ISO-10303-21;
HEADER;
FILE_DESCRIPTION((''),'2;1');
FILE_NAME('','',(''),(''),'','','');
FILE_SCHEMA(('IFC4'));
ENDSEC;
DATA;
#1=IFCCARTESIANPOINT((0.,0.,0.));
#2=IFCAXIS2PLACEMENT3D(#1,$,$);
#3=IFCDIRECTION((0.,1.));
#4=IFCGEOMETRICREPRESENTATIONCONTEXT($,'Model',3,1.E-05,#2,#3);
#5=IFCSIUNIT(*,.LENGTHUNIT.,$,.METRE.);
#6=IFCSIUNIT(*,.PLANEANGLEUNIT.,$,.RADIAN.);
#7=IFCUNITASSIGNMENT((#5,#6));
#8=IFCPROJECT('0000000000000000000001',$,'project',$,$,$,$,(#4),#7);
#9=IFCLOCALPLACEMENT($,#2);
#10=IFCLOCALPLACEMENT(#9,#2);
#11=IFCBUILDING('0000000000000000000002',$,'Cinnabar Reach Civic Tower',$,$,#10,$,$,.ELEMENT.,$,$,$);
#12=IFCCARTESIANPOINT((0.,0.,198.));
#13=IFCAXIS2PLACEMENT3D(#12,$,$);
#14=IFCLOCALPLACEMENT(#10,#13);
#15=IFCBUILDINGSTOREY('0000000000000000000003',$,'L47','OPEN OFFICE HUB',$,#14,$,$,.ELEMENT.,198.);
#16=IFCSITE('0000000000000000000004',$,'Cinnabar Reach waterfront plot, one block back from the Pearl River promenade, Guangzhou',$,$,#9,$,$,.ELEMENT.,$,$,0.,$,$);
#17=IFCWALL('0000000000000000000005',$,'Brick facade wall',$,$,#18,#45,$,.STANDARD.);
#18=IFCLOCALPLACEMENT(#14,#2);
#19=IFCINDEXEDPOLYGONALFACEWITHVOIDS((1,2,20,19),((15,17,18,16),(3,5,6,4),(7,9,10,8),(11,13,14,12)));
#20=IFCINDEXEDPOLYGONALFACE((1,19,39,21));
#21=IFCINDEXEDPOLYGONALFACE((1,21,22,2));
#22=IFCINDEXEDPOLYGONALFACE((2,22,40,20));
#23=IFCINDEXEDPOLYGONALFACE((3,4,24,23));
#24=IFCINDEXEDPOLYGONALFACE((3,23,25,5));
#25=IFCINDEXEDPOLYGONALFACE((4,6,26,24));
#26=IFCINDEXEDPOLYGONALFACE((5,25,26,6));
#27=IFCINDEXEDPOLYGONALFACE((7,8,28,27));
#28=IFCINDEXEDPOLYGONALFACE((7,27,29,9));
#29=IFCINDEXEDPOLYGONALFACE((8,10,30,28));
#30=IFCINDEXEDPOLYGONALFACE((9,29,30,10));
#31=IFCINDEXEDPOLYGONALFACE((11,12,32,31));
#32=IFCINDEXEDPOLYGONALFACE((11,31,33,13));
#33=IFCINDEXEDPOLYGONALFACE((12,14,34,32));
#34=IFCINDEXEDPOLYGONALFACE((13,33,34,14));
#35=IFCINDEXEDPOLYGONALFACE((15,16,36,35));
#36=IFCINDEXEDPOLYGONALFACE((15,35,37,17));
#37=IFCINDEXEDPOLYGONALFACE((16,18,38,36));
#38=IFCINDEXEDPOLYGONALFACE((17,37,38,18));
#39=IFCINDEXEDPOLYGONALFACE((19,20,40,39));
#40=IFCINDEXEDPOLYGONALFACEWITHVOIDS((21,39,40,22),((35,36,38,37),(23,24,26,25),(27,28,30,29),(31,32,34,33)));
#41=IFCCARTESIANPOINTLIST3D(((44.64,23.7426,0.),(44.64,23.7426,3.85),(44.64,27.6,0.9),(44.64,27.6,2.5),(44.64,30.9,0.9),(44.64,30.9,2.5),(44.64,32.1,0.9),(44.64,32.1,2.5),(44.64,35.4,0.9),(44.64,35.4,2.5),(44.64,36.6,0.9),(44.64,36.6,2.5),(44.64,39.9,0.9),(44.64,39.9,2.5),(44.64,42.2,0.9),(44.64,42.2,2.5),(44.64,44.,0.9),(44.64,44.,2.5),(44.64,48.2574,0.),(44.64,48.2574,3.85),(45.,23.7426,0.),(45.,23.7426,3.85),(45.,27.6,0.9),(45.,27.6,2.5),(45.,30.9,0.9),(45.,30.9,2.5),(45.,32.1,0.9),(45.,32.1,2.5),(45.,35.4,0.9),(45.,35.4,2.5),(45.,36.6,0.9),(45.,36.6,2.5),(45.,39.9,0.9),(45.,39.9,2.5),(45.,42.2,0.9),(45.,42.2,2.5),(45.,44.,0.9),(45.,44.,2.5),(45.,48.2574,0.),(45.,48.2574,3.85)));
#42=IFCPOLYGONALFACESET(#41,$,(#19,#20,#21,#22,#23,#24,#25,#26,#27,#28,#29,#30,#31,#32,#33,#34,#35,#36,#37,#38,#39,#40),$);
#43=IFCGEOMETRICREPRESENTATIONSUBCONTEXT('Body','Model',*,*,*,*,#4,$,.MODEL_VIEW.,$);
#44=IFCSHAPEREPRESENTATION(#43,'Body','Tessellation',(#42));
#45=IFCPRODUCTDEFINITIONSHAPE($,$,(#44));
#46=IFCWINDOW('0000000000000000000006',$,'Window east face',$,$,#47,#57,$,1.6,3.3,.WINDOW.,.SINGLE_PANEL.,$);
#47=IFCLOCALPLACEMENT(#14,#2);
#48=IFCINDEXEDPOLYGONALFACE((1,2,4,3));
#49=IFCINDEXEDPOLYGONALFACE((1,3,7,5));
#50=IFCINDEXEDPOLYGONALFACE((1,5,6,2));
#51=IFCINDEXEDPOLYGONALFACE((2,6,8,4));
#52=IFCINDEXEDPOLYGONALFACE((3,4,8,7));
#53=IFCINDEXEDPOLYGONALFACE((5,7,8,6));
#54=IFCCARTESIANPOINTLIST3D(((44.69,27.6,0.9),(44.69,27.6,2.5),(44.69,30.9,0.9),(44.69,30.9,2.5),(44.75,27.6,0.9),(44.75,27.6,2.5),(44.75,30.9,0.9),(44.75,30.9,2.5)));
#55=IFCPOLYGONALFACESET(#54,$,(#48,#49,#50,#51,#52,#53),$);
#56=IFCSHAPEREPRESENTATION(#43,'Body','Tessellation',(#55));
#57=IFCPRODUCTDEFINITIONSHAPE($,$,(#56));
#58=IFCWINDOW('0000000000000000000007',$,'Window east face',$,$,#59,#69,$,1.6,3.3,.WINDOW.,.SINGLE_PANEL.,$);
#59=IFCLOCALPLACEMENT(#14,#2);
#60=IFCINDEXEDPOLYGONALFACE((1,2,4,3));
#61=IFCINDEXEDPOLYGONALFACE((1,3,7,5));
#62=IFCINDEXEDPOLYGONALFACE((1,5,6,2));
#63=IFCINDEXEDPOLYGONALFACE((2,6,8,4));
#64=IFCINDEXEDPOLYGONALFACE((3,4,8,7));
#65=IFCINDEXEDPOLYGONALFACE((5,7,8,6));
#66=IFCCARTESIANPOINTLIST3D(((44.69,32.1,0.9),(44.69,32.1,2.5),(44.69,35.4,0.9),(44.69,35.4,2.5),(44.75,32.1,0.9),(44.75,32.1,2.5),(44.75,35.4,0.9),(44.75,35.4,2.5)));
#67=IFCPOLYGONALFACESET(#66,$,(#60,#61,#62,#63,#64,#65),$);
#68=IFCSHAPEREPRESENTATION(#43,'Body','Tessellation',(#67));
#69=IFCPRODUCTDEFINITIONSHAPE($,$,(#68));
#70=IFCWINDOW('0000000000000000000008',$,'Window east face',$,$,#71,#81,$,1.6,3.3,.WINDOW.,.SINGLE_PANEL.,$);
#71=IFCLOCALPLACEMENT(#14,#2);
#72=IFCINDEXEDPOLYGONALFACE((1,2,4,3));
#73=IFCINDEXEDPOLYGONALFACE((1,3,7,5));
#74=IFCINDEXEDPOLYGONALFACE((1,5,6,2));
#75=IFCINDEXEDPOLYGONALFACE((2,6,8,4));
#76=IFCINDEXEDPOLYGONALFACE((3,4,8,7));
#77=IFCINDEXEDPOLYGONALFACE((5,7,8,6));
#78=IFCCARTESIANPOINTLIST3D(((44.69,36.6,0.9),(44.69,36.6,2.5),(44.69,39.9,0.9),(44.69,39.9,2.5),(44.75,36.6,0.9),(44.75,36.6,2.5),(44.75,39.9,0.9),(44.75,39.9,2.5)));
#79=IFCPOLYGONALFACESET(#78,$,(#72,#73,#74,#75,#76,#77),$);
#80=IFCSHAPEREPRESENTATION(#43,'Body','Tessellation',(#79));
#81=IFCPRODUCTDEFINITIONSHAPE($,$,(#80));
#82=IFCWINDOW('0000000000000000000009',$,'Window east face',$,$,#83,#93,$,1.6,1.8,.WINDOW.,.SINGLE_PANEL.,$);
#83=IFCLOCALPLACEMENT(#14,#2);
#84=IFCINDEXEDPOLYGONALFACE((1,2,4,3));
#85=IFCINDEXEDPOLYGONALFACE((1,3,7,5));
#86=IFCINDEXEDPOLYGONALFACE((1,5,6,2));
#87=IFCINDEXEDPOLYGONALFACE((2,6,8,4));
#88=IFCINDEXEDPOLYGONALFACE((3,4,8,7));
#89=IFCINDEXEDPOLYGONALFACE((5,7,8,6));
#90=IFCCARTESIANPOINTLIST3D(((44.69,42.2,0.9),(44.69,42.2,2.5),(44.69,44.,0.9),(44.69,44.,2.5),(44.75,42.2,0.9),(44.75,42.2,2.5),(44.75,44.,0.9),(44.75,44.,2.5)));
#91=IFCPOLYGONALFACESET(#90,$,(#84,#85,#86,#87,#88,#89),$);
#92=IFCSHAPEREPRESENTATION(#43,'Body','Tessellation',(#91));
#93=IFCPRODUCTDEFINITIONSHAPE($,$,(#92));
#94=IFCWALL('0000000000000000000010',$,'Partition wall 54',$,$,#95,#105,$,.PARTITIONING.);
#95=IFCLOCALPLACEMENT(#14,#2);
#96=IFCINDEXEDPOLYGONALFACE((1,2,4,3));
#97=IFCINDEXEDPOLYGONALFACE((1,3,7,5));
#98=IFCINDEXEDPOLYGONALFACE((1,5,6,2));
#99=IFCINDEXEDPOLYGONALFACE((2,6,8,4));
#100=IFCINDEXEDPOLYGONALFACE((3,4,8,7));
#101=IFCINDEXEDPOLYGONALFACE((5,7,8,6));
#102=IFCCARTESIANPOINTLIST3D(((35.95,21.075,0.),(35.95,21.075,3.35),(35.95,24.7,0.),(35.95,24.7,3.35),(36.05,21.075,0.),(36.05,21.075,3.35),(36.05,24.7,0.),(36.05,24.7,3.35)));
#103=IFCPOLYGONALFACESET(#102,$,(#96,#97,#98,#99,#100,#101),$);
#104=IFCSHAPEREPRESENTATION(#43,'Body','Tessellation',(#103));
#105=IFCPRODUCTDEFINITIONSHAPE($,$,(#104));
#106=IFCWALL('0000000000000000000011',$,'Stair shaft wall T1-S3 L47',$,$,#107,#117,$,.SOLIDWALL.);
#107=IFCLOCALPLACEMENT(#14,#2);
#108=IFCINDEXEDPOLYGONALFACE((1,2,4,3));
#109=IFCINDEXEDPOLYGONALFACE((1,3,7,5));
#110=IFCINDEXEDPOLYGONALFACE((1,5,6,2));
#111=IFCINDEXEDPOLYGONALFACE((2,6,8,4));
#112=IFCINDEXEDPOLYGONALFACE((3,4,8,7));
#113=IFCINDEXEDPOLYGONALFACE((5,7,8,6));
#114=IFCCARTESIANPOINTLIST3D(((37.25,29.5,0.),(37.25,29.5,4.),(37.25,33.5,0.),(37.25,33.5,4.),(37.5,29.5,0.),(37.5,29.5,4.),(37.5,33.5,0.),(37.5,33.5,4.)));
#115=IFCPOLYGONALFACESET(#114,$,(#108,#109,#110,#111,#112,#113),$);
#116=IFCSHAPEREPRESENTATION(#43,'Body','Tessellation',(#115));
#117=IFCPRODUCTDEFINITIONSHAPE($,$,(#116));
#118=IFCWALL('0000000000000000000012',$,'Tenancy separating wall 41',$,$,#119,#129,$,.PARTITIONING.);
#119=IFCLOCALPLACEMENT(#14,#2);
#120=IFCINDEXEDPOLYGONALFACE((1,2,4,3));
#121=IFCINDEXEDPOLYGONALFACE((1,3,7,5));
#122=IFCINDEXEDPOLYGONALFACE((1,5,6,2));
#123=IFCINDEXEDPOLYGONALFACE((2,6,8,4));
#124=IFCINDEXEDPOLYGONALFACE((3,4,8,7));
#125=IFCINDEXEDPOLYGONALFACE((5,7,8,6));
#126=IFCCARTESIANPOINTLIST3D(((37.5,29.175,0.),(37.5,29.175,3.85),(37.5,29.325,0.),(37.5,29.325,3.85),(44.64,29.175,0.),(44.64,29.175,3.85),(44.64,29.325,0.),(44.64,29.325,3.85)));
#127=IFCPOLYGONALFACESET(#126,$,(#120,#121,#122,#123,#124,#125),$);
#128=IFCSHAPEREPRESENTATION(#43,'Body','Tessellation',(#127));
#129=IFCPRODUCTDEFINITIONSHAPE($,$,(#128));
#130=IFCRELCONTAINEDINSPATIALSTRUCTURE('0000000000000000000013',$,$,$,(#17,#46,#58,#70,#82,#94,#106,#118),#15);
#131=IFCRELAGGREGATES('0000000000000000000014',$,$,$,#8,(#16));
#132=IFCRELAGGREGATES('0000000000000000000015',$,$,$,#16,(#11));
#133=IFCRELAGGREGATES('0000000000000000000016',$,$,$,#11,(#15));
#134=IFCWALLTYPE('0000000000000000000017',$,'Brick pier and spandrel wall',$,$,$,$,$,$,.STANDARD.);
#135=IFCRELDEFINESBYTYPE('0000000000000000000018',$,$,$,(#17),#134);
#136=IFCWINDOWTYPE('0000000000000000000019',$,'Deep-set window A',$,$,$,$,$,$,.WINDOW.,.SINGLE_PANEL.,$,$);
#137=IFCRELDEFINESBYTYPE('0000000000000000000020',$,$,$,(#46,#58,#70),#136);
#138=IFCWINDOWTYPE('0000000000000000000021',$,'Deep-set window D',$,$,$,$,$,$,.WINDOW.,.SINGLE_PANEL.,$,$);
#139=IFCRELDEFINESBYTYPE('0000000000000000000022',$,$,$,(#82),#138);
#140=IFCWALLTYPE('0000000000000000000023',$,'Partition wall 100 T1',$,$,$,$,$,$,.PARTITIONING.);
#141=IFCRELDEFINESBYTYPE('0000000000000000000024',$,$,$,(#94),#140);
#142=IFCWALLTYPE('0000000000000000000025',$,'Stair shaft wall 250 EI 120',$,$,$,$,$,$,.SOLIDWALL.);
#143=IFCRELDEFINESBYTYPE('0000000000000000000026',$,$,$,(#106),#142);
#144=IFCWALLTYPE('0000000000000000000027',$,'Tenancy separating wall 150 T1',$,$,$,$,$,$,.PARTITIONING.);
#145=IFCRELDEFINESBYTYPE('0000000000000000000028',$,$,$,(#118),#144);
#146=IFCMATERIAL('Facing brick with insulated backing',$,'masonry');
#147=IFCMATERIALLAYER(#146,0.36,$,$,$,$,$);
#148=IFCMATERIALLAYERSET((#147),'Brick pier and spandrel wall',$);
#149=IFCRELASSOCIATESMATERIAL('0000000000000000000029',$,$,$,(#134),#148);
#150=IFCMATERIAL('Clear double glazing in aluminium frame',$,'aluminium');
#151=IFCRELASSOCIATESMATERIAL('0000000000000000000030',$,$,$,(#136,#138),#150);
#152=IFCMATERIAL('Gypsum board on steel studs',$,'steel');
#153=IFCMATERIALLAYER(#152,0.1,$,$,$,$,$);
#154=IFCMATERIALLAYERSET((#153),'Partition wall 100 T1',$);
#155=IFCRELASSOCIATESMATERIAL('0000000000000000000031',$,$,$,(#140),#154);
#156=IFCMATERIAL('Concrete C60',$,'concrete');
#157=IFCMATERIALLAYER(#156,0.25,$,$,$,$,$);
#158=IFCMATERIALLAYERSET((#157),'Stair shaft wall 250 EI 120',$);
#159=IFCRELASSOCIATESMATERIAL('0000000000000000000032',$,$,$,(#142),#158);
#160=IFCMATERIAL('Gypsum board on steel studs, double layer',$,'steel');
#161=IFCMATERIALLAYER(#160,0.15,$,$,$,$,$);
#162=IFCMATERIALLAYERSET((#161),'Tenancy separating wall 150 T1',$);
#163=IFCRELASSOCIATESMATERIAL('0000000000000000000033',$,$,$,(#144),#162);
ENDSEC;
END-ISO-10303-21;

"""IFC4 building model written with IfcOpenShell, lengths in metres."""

from ifc_helpers import new_model, si_unit, direction, frame, frame_2d, origin, place, context, subcontext, project, spatial, rectangle, extrude, material, layer, layer_set, type_object, element, fill, save


model = new_model("IFC4")

# Units and contexts
model_context = context("Model", 3, precision=1e-05, world=origin(), true_north=direction((0.0, 1.0)))
body_context = subcontext(model_context, "Body", "Model", "MODEL_VIEW")
ifc_project = project(units=[si_unit("LENGTHUNIT", "METRE"), si_unit("PLANEANGLEUNIT", "RADIAN")], contexts=[model_context])

# Site, building, storey
site_placement = place(None, origin())
site = spatial("IfcSite", under=ifc_project, at=site_placement, Name="Cinnabar Reach waterfront plot, one block back from the Pearl River promenade, Guangzhou", CompositionType="ELEMENT", RefElevation=0.0)
building_placement = place(site_placement, origin())
building = spatial("IfcBuilding", under=site, at=building_placement, Name="Cinnabar Reach Civic Tower", CompositionType="ELEMENT")
storey_placement = place(building_placement, frame((0.0, 0.0, 198.0)))
storey = spatial("IfcBuildingStorey", under=building, at=storey_placement, Name="L47", Description="OPEN OFFICE HUB", CompositionType="ELEMENT", Elevation=198.0)

# Shared definitions
ifc_material_1 = material(Name="Concrete C60", Category="concrete")

# Shared definitions
ifc_material_2 = material(Name="Facing brick with insulated backing", Category="masonry")

# Wall, openings, windows
ifc_layer_1 = layer(ifc_material_2, 0.36)
ifc_layer_set_1 = layer_set([ifc_layer_1], Name="Brick pier and spandrel wall")
wall_type_1 = type_object("IfcWallType", Name="Brick pier and spandrel wall", PredefinedType="STANDARD", material=ifc_layer_set_1)
wall_1_placement = place(storey_placement, frame((44.82, 23.7426, 0.0), z_axis=(0.0, 0.0, 1.0), x_axis=(0.0, 1.0, 0.0)))
wall_1 = element("IfcWall", 1, at=wall_1_placement, inside=storey, type_object=wall_type_1, Name="Brick facade wall", PredefinedType="STANDARD", context=body_context, shape_type="SweptSolid", body=[
    extrude(rectangle(XDim=24.5148, YDim=0.36, at=frame_2d((12.2574, 0.0))), origin(), (0.0, 0.0, 1.0), 3.85),
])
opening_1_placement = place(wall_1_placement, frame((3.8574, 0.0, 0.9)))
opening_1 = element("IfcOpeningElement", 2, at=opening_1_placement, cuts=wall_1, PredefinedType="OPENING", context=body_context, shape_type="SweptSolid", body=[
    extrude(rectangle(XDim=3.3, YDim=1.6, at=frame_2d((1.65, 0.8))), frame((0.0, 0.19, 0.0), z_axis=(0.0, -1.0, 0.0), x_axis=(1.0, 0.0, 0.0)), (0.0, 0.0, 1.0), 0.38),
])
opening_2_placement = place(wall_1_placement, frame((8.3574, 0.0, 0.9)))
opening_2 = element("IfcOpeningElement", 3, at=opening_2_placement, cuts=wall_1, PredefinedType="OPENING", context=body_context, shape_type="SweptSolid", body=[
    extrude(rectangle(XDim=3.3, YDim=1.6, at=frame_2d((1.65, 0.8))), frame((0.0, 0.19, 0.0), z_axis=(0.0, -1.0, 0.0), x_axis=(1.0, 0.0, 0.0)), (0.0, 0.0, 1.0), 0.38),
])
opening_3_placement = place(wall_1_placement, frame((12.8574, 0.0, 0.9)))
opening_3 = element("IfcOpeningElement", 4, at=opening_3_placement, cuts=wall_1, PredefinedType="OPENING", context=body_context, shape_type="SweptSolid", body=[
    extrude(rectangle(XDim=3.3, YDim=1.6, at=frame_2d((1.65, 0.8))), frame((0.0, 0.19, 0.0), z_axis=(0.0, -1.0, 0.0), x_axis=(1.0, 0.0, 0.0)), (0.0, 0.0, 1.0), 0.38),
])
opening_4_placement = place(wall_1_placement, frame((18.4574, 0.0, 0.9)))
opening_4 = element("IfcOpeningElement", 5, at=opening_4_placement, cuts=wall_1, PredefinedType="OPENING", context=body_context, shape_type="SweptSolid", body=[
    extrude(rectangle(XDim=1.8, YDim=1.6, at=frame_2d((0.9, 0.8))), frame((0.0, 0.19, 0.0), z_axis=(0.0, -1.0, 0.0), x_axis=(1.0, 0.0, 0.0)), (0.0, 0.0, 1.0), 0.38),
])
ifc_material_3 = material(Name="Clear double glazing in aluminium frame", Category="aluminium")
window_type_1 = type_object("IfcWindowType", Name="Deep-set window A", PartitioningType="SINGLE_PANEL", PredefinedType="WINDOW", material=ifc_material_3)
window_1_placement = place(opening_1_placement, origin())
window_1 = element("IfcWindow", 6, at=window_1_placement, inside=storey, type_object=window_type_1, Name="Window east face", OverallHeight=1.6, OverallWidth=3.3, PartitioningType="SINGLE_PANEL", PredefinedType="WINDOW", context=body_context, shape_type="SweptSolid", body=[
    extrude(rectangle(XDim=3.3, YDim=1.6, at=frame_2d((1.65, 0.8))), frame((0.0, 0.13, 0.0), z_axis=(0.0, -1.0, 0.0), x_axis=(1.0, 0.0, 0.0)), (0.0, 0.0, 1.0), 0.06),
])
fill(opening_1, window_1)
window_2_placement = place(opening_2_placement, origin())
window_2 = element("IfcWindow", 7, at=window_2_placement, inside=storey, type_object=window_type_1, Name="Window east face", OverallHeight=1.6, OverallWidth=3.3, PartitioningType="SINGLE_PANEL", PredefinedType="WINDOW", context=body_context, shape_type="SweptSolid", body=[
    extrude(rectangle(XDim=3.3, YDim=1.6, at=frame_2d((1.65, 0.8))), frame((0.0, 0.13, 0.0), z_axis=(0.0, -1.0, 0.0), x_axis=(1.0, 0.0, 0.0)), (0.0, 0.0, 1.0), 0.06),
])
fill(opening_2, window_2)
window_3_placement = place(opening_3_placement, origin())
window_3 = element("IfcWindow", 8, at=window_3_placement, inside=storey, type_object=window_type_1, Name="Window east face", OverallHeight=1.6, OverallWidth=3.3, PartitioningType="SINGLE_PANEL", PredefinedType="WINDOW", context=body_context, shape_type="SweptSolid", body=[
    extrude(rectangle(XDim=3.3, YDim=1.6, at=frame_2d((1.65, 0.8))), frame((0.0, 0.13, 0.0), z_axis=(0.0, -1.0, 0.0), x_axis=(1.0, 0.0, 0.0)), (0.0, 0.0, 1.0), 0.06),
])
fill(opening_3, window_3)
window_type_2 = type_object("IfcWindowType", Name="Deep-set window D", PartitioningType="SINGLE_PANEL", PredefinedType="WINDOW", material=ifc_material_3)
window_4_placement = place(opening_4_placement, origin())
window_4 = element("IfcWindow", 9, at=window_4_placement, inside=storey, type_object=window_type_2, Name="Window east face", OverallHeight=1.6, OverallWidth=1.8, PartitioningType="SINGLE_PANEL", PredefinedType="WINDOW", context=body_context, shape_type="SweptSolid", body=[
    extrude(rectangle(XDim=1.8, YDim=1.6, at=frame_2d((0.9, 0.8))), frame((0.0, 0.13, 0.0), z_axis=(0.0, -1.0, 0.0), x_axis=(1.0, 0.0, 0.0)), (0.0, 0.0, 1.0), 0.06),
])
fill(opening_4, window_4)

# Walls
ifc_material_4 = material(Name="Gypsum board on steel studs", Category="steel")
ifc_layer_2 = layer(ifc_material_4, 0.1)
ifc_layer_set_2 = layer_set([ifc_layer_2], Name="Partition wall 100 T1")
wall_type_2 = type_object("IfcWallType", Name="Partition wall 100 T1", PredefinedType="PARTITIONING", material=ifc_layer_set_2)
wall_2_placement = place(storey_placement, frame((36.0, 21.075, 0.0), z_axis=(0.0, 0.0, 1.0), x_axis=(0.0, 1.0, 0.0)))
element("IfcWall", 10, at=wall_2_placement, inside=storey, type_object=wall_type_2, Name="Partition wall 54", PredefinedType="PARTITIONING", context=body_context, shape_type="SweptSolid", body=[
    extrude(rectangle(XDim=3.625, YDim=0.1, at=frame_2d((1.8125, 0.0))), origin(), (0.0, 0.0, 1.0), 3.35),
])
ifc_layer_3 = layer(ifc_material_1, 0.25)
ifc_layer_set_3 = layer_set([ifc_layer_3], Name="Stair shaft wall 250 EI 120")
wall_type_3 = type_object("IfcWallType", Name="Stair shaft wall 250 EI 120", PredefinedType="SOLIDWALL", material=ifc_layer_set_3)
wall_3_placement = place(storey_placement, frame((37.375, 29.5, 0.0), z_axis=(0.0, 0.0, 1.0), x_axis=(0.0, 1.0, 0.0)))
element("IfcWall", 11, at=wall_3_placement, inside=storey, type_object=wall_type_3, Name="Stair shaft wall T1-S3 L47", PredefinedType="SOLIDWALL", context=body_context, shape_type="SweptSolid", body=[
    extrude(rectangle(XDim=4.0, YDim=0.25, at=frame_2d((2.0, 0.0))), origin(), (0.0, 0.0, 1.0), 4.0),
])
ifc_material_5 = material(Name="Gypsum board on steel studs, double layer", Category="steel")
ifc_layer_4 = layer(ifc_material_5, 0.15)
ifc_layer_set_4 = layer_set([ifc_layer_4], Name="Tenancy separating wall 150 T1")
wall_type_4 = type_object("IfcWallType", Name="Tenancy separating wall 150 T1", PredefinedType="PARTITIONING", material=ifc_layer_set_4)
wall_4_placement = place(storey_placement, frame((37.5, 29.25, 0.0), z_axis=(0.0, 0.0, 1.0), x_axis=(1.0, 0.0, 0.0)))
element("IfcWall", 12, at=wall_4_placement, inside=storey, type_object=wall_type_4, Name="Tenancy separating wall 41", PredefinedType="PARTITIONING", context=body_context, shape_type="SweptSolid", body=[
    extrude(rectangle(XDim=7.14, YDim=0.15, at=frame_2d((3.57, 0.0))), origin(), (0.0, 0.0, 1.0), 3.85),
])

save(model, "model.ifc")
